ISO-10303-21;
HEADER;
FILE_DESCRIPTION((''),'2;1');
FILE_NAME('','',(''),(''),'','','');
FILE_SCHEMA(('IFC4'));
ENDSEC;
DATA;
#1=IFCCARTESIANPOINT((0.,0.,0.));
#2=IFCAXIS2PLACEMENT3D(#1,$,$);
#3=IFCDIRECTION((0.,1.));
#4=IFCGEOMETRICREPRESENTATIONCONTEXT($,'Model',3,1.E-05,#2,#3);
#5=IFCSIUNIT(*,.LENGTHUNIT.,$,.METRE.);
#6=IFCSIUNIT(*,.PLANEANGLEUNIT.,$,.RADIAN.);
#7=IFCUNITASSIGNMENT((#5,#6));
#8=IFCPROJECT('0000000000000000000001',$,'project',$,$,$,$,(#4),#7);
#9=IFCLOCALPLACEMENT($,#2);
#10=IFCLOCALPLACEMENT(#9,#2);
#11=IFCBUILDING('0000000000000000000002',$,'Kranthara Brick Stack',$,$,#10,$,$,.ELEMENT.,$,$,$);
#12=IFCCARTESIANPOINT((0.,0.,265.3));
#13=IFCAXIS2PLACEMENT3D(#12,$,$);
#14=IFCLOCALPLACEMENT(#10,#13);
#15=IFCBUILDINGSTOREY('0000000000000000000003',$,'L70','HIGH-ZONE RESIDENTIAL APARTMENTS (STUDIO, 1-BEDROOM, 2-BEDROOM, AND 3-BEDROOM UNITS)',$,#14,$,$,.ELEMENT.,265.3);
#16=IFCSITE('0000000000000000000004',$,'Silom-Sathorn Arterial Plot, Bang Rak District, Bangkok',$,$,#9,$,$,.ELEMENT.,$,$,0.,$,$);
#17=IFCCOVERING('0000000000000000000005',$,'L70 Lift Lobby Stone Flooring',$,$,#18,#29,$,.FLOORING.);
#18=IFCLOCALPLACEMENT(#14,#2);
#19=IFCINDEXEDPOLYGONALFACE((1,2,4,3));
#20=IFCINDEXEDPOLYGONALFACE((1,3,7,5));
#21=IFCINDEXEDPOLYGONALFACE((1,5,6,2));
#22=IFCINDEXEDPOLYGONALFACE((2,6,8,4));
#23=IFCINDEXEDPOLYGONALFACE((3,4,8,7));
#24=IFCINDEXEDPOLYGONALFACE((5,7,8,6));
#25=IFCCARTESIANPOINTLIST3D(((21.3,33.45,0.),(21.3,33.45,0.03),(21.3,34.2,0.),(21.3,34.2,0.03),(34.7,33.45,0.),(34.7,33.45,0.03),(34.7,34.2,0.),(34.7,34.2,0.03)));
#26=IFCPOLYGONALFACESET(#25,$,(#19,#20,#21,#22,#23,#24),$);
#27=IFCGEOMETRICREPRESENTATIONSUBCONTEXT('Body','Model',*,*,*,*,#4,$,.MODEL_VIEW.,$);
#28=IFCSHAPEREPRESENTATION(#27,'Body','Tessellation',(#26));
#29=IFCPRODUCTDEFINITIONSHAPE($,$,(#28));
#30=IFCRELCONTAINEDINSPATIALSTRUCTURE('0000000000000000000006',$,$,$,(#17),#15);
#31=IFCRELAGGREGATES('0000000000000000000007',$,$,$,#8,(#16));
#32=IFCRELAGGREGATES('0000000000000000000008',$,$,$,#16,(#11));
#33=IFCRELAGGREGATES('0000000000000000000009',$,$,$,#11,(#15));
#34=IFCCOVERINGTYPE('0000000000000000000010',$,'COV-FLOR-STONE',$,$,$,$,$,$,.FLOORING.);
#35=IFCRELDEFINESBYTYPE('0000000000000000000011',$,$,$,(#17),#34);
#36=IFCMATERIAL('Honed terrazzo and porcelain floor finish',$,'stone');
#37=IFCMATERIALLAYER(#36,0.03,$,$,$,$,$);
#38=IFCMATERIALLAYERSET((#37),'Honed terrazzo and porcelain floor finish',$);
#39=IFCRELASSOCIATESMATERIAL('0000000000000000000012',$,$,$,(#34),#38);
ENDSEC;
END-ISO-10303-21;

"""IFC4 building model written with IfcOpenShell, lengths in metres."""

from ifc_helpers import new_model, si_unit, direction, frame, origin, place, context, subcontext, project, spatial, polyline, outline, extrude, material, layer, layer_set, type_object, element, save


model = new_model("IFC4")

# Units and contexts
model_context = context("Model", 3, precision=1e-05, world=origin(), true_north=direction((0.0, 1.0)))
body_context = subcontext(model_context, "Body", "Model", "MODEL_VIEW")
ifc_project = project(units=[si_unit("LENGTHUNIT", "METRE"), si_unit("PLANEANGLEUNIT", "RADIAN")], contexts=[model_context])

# Site, building, storey
site_placement = place(None, origin())
site = spatial("IfcSite", under=ifc_project, at=site_placement, Name="Silom-Sathorn Arterial Plot, Bang Rak District, Bangkok", CompositionType="ELEMENT", RefElevation=0.0)
building_placement = place(site_placement, origin())
building = spatial("IfcBuilding", under=site, at=building_placement, Name="Kranthara Brick Stack", CompositionType="ELEMENT")
storey_placement = place(building_placement, frame((0.0, 0.0, 265.3)))
storey = spatial("IfcBuildingStorey", under=building, at=storey_placement, Name="L70", Description="HIGH-ZONE RESIDENTIAL APARTMENTS (STUDIO, 1-BEDROOM, 2-BEDROOM, AND 3-BEDROOM UNITS)", CompositionType="ELEMENT", Elevation=265.3)

# Covering
ifc_material_1 = material(Name="Honed terrazzo and porcelain floor finish", Category="stone")
ifc_layer_1 = layer(ifc_material_1, 0.03)
ifc_layer_set_1 = layer_set([ifc_layer_1], Name="Honed terrazzo and porcelain floor finish")
covering_type_1 = type_object("IfcCoveringType", Name="COV-FLOR-STONE", PredefinedType="FLOORING", material=ifc_layer_set_1)
covering_1_placement = place(storey_placement, origin())
element("IfcCovering", 1, at=covering_1_placement, inside=storey, type_object=covering_type_1, Name="L70 Lift Lobby Stone Flooring", PredefinedType="FLOORING", context=body_context, shape_type="SweptSolid", body=[
    extrude(outline(polyline([(34.7, 33.45), (21.3, 33.45), (21.3, 34.2), (34.7, 34.2), (34.7, 33.45)])), origin(), (0.0, 0.0, 1.0), 0.03),
])

save(model, "model.ifc")
